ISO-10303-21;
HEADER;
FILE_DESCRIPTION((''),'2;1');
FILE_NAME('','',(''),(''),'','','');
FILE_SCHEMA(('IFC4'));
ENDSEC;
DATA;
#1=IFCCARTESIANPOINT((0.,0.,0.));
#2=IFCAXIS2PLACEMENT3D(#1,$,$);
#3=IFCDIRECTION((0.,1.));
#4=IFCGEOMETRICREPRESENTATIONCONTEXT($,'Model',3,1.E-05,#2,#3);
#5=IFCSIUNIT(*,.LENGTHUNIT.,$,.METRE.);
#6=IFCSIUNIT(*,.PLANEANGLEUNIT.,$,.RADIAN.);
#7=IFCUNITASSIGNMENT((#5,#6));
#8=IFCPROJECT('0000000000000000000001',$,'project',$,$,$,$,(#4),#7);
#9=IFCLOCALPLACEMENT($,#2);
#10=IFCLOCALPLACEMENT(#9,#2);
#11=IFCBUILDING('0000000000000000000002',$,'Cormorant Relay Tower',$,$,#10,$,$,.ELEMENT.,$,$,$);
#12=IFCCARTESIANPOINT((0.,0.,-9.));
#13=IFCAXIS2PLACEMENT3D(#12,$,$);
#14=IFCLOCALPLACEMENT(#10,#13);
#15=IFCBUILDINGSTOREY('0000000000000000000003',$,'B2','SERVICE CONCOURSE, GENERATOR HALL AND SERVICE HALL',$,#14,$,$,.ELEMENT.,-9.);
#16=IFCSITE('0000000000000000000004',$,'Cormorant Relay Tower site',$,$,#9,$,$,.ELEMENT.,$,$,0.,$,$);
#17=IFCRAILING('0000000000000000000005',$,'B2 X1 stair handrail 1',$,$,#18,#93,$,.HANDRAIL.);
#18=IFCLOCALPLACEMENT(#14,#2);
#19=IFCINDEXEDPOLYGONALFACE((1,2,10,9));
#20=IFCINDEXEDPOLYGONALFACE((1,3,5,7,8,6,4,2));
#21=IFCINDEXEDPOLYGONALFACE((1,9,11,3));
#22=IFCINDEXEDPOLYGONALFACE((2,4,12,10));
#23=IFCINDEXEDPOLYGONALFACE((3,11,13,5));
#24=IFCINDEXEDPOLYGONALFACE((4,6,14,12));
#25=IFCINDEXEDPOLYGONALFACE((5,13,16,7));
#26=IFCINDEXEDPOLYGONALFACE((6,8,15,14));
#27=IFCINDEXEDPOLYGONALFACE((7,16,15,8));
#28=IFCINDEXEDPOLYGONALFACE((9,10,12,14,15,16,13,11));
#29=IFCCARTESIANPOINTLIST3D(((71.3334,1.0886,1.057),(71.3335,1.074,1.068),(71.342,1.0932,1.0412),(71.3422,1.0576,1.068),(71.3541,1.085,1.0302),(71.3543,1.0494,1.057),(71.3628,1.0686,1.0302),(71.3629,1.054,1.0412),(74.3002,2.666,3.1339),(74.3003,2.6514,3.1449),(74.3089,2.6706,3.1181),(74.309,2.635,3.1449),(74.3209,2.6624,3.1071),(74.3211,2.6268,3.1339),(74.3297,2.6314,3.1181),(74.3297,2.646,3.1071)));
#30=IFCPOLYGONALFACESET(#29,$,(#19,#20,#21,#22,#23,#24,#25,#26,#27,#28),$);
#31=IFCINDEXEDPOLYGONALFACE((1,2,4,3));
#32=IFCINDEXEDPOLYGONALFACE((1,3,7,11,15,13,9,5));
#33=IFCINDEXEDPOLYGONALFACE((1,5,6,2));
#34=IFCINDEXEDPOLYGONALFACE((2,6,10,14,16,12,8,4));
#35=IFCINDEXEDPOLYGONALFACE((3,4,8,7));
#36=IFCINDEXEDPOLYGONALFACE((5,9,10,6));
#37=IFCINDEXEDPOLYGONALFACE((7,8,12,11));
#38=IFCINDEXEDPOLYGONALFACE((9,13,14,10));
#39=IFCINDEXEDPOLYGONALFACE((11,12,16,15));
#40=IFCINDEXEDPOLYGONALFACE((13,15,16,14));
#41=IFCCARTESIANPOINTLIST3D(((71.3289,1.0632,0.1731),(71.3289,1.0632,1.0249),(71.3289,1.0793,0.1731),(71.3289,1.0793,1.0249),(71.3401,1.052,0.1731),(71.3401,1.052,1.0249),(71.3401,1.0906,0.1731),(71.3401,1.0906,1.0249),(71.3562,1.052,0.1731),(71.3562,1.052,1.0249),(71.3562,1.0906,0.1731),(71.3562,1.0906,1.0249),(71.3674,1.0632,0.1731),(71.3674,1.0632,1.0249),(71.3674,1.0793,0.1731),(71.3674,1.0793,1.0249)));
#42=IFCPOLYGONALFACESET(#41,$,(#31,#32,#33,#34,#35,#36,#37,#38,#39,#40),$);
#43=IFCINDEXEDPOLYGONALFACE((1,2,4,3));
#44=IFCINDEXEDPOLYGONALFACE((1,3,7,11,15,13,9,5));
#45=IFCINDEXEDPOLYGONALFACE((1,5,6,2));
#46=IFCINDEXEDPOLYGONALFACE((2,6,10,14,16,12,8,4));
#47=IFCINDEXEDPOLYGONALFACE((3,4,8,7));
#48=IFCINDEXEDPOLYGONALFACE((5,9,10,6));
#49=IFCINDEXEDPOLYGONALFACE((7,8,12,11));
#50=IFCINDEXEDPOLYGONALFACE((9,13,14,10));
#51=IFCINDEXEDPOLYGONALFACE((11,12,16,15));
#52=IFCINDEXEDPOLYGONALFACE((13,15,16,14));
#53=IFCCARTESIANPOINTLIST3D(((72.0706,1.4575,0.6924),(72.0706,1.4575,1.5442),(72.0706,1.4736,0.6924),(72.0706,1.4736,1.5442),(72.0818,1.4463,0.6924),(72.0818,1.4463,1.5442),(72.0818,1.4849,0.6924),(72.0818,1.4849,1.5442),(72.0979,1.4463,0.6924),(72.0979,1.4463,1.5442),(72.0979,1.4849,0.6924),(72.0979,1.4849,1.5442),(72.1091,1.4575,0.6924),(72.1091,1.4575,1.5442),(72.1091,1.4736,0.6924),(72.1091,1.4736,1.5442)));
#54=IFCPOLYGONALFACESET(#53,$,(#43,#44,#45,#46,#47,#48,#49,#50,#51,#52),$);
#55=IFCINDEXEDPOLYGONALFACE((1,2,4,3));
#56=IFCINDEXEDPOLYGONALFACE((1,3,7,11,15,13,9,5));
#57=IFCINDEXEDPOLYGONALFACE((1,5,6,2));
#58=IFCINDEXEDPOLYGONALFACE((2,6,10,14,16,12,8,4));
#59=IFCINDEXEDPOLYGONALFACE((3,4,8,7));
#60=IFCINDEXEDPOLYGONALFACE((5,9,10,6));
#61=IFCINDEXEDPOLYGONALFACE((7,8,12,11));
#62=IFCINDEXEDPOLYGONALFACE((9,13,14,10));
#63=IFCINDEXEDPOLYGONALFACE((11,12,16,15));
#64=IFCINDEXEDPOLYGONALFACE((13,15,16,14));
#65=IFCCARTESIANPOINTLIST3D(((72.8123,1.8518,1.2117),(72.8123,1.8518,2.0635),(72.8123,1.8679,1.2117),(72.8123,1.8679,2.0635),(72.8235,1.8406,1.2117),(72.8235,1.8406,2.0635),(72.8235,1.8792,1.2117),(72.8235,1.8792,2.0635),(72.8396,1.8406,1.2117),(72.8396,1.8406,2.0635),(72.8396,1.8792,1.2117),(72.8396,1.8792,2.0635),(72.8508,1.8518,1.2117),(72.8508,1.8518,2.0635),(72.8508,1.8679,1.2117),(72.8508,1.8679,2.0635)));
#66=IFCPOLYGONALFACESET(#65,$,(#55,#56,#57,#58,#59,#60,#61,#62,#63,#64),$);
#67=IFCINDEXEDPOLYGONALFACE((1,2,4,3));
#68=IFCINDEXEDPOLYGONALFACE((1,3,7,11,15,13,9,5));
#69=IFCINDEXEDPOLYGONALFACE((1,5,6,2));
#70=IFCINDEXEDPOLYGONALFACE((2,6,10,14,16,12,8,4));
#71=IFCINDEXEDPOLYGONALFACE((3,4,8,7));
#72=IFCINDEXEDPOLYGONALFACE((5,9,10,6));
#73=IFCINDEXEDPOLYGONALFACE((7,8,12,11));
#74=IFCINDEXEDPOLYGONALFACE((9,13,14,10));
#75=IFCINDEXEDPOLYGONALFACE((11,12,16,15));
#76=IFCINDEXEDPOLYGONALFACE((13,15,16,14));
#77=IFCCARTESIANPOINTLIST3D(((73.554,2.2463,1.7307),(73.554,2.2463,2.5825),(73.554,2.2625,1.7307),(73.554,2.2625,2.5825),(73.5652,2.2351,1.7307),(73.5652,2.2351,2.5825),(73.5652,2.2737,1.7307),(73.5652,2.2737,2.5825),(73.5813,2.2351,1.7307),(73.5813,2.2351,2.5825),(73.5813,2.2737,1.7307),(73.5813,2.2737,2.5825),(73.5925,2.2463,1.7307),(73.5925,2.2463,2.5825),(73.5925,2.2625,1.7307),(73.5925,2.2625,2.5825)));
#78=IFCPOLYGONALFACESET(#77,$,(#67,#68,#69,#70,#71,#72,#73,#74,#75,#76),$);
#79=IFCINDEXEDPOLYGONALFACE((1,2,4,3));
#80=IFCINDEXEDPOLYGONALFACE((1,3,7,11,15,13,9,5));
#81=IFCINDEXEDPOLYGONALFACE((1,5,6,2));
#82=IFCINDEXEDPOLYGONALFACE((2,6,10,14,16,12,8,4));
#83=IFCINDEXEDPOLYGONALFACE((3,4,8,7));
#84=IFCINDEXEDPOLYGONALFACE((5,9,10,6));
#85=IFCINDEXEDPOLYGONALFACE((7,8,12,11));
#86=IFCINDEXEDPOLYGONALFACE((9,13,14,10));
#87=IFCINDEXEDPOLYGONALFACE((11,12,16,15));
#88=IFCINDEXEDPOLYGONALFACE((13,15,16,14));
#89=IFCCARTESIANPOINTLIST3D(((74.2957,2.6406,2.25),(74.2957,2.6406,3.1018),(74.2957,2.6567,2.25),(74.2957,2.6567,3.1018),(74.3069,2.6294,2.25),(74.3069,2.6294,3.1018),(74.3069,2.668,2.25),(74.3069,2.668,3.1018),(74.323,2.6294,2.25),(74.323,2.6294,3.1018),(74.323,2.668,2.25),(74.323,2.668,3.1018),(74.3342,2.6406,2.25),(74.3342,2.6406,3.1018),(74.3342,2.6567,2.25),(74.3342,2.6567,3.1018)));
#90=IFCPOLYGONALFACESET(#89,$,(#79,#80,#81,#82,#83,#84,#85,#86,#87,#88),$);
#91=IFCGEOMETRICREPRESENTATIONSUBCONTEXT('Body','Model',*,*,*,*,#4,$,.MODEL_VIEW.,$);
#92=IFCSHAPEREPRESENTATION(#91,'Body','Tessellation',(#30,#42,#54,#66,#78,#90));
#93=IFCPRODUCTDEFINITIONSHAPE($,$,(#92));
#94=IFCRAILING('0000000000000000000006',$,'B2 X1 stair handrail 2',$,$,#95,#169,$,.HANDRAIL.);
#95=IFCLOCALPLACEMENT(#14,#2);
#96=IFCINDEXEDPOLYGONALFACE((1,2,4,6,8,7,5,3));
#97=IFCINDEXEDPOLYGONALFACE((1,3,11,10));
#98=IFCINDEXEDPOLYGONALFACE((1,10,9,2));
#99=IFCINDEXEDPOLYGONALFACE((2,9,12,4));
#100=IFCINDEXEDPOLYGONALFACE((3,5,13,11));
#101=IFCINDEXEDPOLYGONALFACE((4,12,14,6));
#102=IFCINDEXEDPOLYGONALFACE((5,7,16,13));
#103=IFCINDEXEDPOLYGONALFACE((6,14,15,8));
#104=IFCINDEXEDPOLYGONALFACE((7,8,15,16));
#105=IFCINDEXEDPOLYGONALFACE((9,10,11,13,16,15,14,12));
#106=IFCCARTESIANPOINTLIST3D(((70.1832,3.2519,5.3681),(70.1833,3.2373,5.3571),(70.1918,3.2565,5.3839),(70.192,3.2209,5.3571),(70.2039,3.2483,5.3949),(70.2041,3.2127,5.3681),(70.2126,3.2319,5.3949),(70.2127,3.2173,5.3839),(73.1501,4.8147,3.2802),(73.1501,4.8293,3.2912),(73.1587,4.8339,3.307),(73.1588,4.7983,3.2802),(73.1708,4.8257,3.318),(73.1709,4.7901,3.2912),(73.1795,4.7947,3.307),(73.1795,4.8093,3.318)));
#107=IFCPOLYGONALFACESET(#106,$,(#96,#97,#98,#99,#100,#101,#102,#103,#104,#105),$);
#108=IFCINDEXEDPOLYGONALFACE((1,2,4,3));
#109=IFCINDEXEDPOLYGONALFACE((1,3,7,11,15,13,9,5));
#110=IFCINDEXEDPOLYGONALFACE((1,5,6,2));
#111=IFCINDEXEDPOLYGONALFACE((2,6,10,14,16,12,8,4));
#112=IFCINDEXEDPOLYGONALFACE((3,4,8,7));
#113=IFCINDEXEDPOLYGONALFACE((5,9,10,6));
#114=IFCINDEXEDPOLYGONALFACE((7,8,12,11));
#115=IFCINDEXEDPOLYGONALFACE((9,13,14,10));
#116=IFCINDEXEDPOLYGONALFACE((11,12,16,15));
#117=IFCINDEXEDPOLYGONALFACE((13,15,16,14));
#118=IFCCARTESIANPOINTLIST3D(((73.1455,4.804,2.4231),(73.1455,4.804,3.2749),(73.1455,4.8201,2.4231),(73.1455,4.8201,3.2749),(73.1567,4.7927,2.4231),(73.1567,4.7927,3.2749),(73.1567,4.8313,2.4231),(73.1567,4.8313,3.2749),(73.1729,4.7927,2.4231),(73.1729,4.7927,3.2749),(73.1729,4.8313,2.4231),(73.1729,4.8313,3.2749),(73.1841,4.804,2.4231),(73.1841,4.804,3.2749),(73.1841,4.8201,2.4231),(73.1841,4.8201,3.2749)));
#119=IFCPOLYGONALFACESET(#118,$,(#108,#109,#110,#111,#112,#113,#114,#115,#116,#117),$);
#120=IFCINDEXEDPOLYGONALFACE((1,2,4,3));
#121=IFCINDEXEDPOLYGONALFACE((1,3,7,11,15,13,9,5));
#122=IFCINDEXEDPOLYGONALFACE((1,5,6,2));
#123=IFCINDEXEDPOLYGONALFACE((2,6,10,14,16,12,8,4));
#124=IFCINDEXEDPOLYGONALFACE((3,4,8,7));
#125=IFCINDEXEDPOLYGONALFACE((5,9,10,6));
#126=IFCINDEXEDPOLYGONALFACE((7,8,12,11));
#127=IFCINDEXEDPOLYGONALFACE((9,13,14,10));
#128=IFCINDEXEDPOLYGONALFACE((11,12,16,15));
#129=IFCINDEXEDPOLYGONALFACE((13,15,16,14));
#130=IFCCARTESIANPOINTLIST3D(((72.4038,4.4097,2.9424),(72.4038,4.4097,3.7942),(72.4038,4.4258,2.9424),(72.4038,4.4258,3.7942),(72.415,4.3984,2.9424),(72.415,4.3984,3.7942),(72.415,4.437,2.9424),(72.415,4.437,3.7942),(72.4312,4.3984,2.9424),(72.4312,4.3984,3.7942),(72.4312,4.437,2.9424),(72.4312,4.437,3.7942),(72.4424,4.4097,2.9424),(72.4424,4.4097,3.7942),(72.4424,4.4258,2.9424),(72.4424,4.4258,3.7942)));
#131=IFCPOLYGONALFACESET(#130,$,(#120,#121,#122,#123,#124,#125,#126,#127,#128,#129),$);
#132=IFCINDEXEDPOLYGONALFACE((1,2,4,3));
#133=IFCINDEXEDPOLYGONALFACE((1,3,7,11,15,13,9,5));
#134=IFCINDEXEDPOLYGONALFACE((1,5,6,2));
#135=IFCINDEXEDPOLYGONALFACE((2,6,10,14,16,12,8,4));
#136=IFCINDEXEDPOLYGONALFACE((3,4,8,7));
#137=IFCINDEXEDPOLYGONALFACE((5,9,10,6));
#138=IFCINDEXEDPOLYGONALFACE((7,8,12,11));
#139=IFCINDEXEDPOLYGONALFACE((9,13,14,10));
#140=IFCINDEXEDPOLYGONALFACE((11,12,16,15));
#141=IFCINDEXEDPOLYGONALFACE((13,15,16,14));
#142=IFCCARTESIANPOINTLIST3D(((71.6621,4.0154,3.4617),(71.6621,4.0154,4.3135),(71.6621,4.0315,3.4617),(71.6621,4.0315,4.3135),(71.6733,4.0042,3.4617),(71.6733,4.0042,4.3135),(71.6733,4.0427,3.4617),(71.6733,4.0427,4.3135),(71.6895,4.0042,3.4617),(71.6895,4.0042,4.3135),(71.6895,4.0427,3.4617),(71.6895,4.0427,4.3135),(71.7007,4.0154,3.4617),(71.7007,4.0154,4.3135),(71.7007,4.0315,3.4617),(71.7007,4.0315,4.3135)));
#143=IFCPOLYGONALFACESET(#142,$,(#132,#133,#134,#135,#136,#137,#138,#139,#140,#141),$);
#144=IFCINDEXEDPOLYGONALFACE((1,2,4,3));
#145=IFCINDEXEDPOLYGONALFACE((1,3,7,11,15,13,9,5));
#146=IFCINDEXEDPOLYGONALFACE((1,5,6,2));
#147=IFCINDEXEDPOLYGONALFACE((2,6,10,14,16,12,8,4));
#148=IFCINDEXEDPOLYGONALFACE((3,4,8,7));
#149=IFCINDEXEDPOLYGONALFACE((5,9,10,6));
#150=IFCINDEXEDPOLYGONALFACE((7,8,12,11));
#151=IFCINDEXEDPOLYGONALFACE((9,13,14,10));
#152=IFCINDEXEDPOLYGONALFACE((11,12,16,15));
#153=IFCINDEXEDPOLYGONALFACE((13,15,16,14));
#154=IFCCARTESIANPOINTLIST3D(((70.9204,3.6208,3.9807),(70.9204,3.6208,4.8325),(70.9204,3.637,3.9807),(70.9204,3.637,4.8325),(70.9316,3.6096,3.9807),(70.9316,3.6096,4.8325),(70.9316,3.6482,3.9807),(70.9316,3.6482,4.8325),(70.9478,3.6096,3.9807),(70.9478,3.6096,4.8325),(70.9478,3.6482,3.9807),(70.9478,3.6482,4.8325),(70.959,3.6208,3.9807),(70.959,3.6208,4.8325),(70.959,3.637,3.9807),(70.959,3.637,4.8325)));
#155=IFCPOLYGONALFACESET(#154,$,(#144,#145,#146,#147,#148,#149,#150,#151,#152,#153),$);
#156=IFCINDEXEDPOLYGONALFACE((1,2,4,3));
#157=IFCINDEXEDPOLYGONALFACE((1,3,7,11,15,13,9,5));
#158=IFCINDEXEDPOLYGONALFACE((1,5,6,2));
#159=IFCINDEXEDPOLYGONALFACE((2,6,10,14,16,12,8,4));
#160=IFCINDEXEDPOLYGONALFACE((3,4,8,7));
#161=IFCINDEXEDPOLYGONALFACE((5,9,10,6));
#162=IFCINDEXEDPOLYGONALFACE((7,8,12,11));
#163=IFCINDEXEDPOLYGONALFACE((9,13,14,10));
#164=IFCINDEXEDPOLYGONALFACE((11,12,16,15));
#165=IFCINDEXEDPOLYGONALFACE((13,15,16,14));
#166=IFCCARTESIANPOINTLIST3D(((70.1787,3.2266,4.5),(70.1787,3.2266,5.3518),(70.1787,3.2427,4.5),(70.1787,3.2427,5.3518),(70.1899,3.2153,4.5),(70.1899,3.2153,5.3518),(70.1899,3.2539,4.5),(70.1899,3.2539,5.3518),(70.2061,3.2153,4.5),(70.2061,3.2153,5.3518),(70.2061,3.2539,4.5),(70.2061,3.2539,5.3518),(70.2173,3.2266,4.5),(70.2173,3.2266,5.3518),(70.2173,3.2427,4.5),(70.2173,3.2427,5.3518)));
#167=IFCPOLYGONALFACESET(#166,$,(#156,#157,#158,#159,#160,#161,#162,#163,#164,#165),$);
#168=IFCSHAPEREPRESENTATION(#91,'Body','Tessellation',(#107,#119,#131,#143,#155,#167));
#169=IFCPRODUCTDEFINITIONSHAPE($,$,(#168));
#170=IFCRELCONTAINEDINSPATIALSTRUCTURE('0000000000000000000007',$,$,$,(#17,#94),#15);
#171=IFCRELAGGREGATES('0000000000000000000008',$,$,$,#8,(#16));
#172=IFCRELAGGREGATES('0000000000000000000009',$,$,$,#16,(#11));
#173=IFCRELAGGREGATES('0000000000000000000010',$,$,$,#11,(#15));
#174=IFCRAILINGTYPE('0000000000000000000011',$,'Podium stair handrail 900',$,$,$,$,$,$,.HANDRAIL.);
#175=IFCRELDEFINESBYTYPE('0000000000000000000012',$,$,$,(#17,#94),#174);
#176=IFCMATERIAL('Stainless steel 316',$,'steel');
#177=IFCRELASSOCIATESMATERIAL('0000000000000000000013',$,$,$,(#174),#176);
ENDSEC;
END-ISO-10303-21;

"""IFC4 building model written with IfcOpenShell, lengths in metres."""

from ifc_helpers import new_model, si_unit, direction, frame, origin, place, context, subcontext, project, spatial, polyline, outline, extrude, material, type_object, element, save


model = new_model("IFC4")

# Units and contexts
model_context = context("Model", 3, precision=1e-05, world=origin(), true_north=direction((0.0, 1.0)))
body_context = subcontext(model_context, "Body", "Model", "MODEL_VIEW")
ifc_project = project(units=[si_unit("LENGTHUNIT", "METRE"), si_unit("PLANEANGLEUNIT", "RADIAN")], contexts=[model_context])

# Site, building, storey
site_placement = place(None, origin())
site = spatial("IfcSite", under=ifc_project, at=site_placement, Name="Cormorant Relay Tower site", CompositionType="ELEMENT", RefElevation=0.0)
building_placement = place(site_placement, origin())
building = spatial("IfcBuilding", under=site, at=building_placement, Name="Cormorant Relay Tower", CompositionType="ELEMENT")
storey_placement = place(building_placement, frame((0.0, 0.0, -9.0)))
storey = spatial("IfcBuildingStorey", under=building, at=storey_placement, Name="B2", Description="SERVICE CONCOURSE, GENERATOR HALL AND SERVICE HALL", CompositionType="ELEMENT", Elevation=-9.0)

# Railings
ifc_material_1 = material(Name="Stainless steel 316", Category="steel")
railing_type_1 = type_object("IfcRailingType", Name="Podium stair handrail 900", PredefinedType="HANDRAIL", material=ifc_material_1)
railing_1_placement = place(storey_placement, frame((71.3481, 1.0713, 0.1731)))
element("IfcRailing", 1, at=railing_1_placement, inside=storey, type_object=railing_type_1, Name="B2 X1 stair handrail 1", PredefinedType="HANDRAIL", context=body_context, shape_type="SweptSolid", body=[
    extrude(outline(polyline([(0.0222, 0.0093), (0.0093, 0.0222), (-0.0093, 0.0222), (-0.0222, 0.0093), (-0.0222, -0.0093), (-0.0093, -0.0222), (0.0093, -0.0222), (0.0222, -0.0093), (0.0222, 0.0093)])), frame((0.0, 0.0, 0.876), z_axis=(0.751062, 0.399326, 0.52578), x_axis=(-0.469453, 0.882958, 0.0)), (0.0, 0.0, 1.0), 3.9502),
    extrude(outline(polyline([(0.0193, 0.0081), (0.0081, 0.0193), (-0.0081, 0.0193), (-0.0193, 0.0081), (-0.0193, -0.0081), (-0.0081, -0.0193), (0.0081, -0.0193), (0.0193, -0.0081), (0.0193, 0.0081)])), origin(), (0.0, 0.0, 1.0), 0.8518),
    extrude(outline(polyline([(0.0193, 0.0081), (0.0081, 0.0193), (-0.0081, 0.0193), (-0.0193, 0.0081), (-0.0193, -0.0081), (-0.0081, -0.0193), (0.0081, -0.0193), (0.0193, -0.0081), (0.0193, 0.0081)])), frame((0.7417, 0.3943, 0.5193)), (0.0, 0.0, 1.0), 0.8518),
    extrude(outline(polyline([(0.0193, 0.0081), (0.0081, 0.0193), (-0.0081, 0.0193), (-0.0193, 0.0081), (-0.0193, -0.0081), (-0.0081, -0.0193), (0.0081, -0.0193), (0.0193, -0.0081), (0.0193, 0.0081)])), frame((1.4834, 0.7886, 1.0386)), (0.0, 0.0, 1.0), 0.8518),
    extrude(outline(polyline([(0.0193, 0.0081), (0.0081, 0.0193), (-0.0081, 0.0193), (-0.0193, 0.0081), (-0.0193, -0.0081), (-0.0081, -0.0193), (0.0081, -0.0193), (0.0193, -0.0081), (0.0193, 0.0081)])), frame((2.2251, 1.1831, 1.5576)), (0.0, 0.0, 1.0), 0.8518),
    extrude(outline(polyline([(0.0193, 0.0081), (0.0081, 0.0193), (-0.0081, 0.0193), (-0.0193, 0.0081), (-0.0193, -0.0081), (-0.0081, -0.0193), (0.0081, -0.0193), (0.0193, -0.0081), (0.0193, 0.0081)])), frame((2.9668, 1.5774, 2.0769)), (0.0, 0.0, 1.0), 0.8518),
])
railing_2_placement = place(storey_placement, frame((73.1648, 4.812, 2.4231)))
element("IfcRailing", 2, at=railing_2_placement, inside=storey, type_object=railing_type_1, Name="B2 X1 stair handrail 2", PredefinedType="HANDRAIL", context=body_context, shape_type="SweptSolid", body=[
    extrude(outline(polyline([(0.0222, 0.0093), (0.0093, 0.0222), (-0.0093, 0.0222), (-0.0222, 0.0093), (-0.0222, -0.0093), (-0.0093, -0.0222), (0.0093, -0.0222), (0.0222, -0.0093), (0.0222, 0.0093)])), frame((0.0, 0.0, 0.876), z_axis=(-0.751062, -0.399326, 0.52578), x_axis=(0.469453, -0.882958, 0.0)), (0.0, 0.0, 1.0), 3.9502),
    extrude(outline(polyline([(0.0193, 0.0081), (0.0081, 0.0193), (-0.0081, 0.0193), (-0.0193, 0.0081), (-0.0193, -0.0081), (-0.0081, -0.0193), (0.0081, -0.0193), (0.0193, -0.0081), (0.0193, 0.0081)])), origin(), (0.0, 0.0, 1.0), 0.8518),
    extrude(outline(polyline([(0.0193, 0.0081), (0.0081, 0.0193), (-0.0081, 0.0193), (-0.0193, 0.0081), (-0.0193, -0.0081), (-0.0081, -0.0193), (0.0081, -0.0193), (0.0193, -0.0081), (0.0193, 0.0081)])), frame((-0.7417, -0.3943, 0.5193)), (0.0, 0.0, 1.0), 0.8518),
    extrude(outline(polyline([(0.0193, 0.0081), (0.0081, 0.0193), (-0.0081, 0.0193), (-0.0193, 0.0081), (-0.0193, -0.0081), (-0.0081, -0.0193), (0.0081, -0.0193), (0.0193, -0.0081), (0.0193, 0.0081)])), frame((-1.4834, -0.7886, 1.0386)), (0.0, 0.0, 1.0), 0.8518),
    extrude(outline(polyline([(0.0193, 0.0081), (0.0081, 0.0193), (-0.0081, 0.0193), (-0.0193, 0.0081), (-0.0193, -0.0081), (-0.0081, -0.0193), (0.0081, -0.0193), (0.0193, -0.0081), (0.0193, 0.0081)])), frame((-2.2251, -1.1831, 1.5576)), (0.0, 0.0, 1.0), 0.8518),
    extrude(outline(polyline([(0.0193, 0.0081), (0.0081, 0.0193), (-0.0081, 0.0193), (-0.0193, 0.0081), (-0.0193, -0.0081), (-0.0081, -0.0193), (0.0081, -0.0193), (0.0193, -0.0081), (0.0193, 0.0081)])), frame((-2.9668, -1.5774, 2.0769)), (0.0, 0.0, 1.0), 0.8518),
])

save(model, "model.ifc")
